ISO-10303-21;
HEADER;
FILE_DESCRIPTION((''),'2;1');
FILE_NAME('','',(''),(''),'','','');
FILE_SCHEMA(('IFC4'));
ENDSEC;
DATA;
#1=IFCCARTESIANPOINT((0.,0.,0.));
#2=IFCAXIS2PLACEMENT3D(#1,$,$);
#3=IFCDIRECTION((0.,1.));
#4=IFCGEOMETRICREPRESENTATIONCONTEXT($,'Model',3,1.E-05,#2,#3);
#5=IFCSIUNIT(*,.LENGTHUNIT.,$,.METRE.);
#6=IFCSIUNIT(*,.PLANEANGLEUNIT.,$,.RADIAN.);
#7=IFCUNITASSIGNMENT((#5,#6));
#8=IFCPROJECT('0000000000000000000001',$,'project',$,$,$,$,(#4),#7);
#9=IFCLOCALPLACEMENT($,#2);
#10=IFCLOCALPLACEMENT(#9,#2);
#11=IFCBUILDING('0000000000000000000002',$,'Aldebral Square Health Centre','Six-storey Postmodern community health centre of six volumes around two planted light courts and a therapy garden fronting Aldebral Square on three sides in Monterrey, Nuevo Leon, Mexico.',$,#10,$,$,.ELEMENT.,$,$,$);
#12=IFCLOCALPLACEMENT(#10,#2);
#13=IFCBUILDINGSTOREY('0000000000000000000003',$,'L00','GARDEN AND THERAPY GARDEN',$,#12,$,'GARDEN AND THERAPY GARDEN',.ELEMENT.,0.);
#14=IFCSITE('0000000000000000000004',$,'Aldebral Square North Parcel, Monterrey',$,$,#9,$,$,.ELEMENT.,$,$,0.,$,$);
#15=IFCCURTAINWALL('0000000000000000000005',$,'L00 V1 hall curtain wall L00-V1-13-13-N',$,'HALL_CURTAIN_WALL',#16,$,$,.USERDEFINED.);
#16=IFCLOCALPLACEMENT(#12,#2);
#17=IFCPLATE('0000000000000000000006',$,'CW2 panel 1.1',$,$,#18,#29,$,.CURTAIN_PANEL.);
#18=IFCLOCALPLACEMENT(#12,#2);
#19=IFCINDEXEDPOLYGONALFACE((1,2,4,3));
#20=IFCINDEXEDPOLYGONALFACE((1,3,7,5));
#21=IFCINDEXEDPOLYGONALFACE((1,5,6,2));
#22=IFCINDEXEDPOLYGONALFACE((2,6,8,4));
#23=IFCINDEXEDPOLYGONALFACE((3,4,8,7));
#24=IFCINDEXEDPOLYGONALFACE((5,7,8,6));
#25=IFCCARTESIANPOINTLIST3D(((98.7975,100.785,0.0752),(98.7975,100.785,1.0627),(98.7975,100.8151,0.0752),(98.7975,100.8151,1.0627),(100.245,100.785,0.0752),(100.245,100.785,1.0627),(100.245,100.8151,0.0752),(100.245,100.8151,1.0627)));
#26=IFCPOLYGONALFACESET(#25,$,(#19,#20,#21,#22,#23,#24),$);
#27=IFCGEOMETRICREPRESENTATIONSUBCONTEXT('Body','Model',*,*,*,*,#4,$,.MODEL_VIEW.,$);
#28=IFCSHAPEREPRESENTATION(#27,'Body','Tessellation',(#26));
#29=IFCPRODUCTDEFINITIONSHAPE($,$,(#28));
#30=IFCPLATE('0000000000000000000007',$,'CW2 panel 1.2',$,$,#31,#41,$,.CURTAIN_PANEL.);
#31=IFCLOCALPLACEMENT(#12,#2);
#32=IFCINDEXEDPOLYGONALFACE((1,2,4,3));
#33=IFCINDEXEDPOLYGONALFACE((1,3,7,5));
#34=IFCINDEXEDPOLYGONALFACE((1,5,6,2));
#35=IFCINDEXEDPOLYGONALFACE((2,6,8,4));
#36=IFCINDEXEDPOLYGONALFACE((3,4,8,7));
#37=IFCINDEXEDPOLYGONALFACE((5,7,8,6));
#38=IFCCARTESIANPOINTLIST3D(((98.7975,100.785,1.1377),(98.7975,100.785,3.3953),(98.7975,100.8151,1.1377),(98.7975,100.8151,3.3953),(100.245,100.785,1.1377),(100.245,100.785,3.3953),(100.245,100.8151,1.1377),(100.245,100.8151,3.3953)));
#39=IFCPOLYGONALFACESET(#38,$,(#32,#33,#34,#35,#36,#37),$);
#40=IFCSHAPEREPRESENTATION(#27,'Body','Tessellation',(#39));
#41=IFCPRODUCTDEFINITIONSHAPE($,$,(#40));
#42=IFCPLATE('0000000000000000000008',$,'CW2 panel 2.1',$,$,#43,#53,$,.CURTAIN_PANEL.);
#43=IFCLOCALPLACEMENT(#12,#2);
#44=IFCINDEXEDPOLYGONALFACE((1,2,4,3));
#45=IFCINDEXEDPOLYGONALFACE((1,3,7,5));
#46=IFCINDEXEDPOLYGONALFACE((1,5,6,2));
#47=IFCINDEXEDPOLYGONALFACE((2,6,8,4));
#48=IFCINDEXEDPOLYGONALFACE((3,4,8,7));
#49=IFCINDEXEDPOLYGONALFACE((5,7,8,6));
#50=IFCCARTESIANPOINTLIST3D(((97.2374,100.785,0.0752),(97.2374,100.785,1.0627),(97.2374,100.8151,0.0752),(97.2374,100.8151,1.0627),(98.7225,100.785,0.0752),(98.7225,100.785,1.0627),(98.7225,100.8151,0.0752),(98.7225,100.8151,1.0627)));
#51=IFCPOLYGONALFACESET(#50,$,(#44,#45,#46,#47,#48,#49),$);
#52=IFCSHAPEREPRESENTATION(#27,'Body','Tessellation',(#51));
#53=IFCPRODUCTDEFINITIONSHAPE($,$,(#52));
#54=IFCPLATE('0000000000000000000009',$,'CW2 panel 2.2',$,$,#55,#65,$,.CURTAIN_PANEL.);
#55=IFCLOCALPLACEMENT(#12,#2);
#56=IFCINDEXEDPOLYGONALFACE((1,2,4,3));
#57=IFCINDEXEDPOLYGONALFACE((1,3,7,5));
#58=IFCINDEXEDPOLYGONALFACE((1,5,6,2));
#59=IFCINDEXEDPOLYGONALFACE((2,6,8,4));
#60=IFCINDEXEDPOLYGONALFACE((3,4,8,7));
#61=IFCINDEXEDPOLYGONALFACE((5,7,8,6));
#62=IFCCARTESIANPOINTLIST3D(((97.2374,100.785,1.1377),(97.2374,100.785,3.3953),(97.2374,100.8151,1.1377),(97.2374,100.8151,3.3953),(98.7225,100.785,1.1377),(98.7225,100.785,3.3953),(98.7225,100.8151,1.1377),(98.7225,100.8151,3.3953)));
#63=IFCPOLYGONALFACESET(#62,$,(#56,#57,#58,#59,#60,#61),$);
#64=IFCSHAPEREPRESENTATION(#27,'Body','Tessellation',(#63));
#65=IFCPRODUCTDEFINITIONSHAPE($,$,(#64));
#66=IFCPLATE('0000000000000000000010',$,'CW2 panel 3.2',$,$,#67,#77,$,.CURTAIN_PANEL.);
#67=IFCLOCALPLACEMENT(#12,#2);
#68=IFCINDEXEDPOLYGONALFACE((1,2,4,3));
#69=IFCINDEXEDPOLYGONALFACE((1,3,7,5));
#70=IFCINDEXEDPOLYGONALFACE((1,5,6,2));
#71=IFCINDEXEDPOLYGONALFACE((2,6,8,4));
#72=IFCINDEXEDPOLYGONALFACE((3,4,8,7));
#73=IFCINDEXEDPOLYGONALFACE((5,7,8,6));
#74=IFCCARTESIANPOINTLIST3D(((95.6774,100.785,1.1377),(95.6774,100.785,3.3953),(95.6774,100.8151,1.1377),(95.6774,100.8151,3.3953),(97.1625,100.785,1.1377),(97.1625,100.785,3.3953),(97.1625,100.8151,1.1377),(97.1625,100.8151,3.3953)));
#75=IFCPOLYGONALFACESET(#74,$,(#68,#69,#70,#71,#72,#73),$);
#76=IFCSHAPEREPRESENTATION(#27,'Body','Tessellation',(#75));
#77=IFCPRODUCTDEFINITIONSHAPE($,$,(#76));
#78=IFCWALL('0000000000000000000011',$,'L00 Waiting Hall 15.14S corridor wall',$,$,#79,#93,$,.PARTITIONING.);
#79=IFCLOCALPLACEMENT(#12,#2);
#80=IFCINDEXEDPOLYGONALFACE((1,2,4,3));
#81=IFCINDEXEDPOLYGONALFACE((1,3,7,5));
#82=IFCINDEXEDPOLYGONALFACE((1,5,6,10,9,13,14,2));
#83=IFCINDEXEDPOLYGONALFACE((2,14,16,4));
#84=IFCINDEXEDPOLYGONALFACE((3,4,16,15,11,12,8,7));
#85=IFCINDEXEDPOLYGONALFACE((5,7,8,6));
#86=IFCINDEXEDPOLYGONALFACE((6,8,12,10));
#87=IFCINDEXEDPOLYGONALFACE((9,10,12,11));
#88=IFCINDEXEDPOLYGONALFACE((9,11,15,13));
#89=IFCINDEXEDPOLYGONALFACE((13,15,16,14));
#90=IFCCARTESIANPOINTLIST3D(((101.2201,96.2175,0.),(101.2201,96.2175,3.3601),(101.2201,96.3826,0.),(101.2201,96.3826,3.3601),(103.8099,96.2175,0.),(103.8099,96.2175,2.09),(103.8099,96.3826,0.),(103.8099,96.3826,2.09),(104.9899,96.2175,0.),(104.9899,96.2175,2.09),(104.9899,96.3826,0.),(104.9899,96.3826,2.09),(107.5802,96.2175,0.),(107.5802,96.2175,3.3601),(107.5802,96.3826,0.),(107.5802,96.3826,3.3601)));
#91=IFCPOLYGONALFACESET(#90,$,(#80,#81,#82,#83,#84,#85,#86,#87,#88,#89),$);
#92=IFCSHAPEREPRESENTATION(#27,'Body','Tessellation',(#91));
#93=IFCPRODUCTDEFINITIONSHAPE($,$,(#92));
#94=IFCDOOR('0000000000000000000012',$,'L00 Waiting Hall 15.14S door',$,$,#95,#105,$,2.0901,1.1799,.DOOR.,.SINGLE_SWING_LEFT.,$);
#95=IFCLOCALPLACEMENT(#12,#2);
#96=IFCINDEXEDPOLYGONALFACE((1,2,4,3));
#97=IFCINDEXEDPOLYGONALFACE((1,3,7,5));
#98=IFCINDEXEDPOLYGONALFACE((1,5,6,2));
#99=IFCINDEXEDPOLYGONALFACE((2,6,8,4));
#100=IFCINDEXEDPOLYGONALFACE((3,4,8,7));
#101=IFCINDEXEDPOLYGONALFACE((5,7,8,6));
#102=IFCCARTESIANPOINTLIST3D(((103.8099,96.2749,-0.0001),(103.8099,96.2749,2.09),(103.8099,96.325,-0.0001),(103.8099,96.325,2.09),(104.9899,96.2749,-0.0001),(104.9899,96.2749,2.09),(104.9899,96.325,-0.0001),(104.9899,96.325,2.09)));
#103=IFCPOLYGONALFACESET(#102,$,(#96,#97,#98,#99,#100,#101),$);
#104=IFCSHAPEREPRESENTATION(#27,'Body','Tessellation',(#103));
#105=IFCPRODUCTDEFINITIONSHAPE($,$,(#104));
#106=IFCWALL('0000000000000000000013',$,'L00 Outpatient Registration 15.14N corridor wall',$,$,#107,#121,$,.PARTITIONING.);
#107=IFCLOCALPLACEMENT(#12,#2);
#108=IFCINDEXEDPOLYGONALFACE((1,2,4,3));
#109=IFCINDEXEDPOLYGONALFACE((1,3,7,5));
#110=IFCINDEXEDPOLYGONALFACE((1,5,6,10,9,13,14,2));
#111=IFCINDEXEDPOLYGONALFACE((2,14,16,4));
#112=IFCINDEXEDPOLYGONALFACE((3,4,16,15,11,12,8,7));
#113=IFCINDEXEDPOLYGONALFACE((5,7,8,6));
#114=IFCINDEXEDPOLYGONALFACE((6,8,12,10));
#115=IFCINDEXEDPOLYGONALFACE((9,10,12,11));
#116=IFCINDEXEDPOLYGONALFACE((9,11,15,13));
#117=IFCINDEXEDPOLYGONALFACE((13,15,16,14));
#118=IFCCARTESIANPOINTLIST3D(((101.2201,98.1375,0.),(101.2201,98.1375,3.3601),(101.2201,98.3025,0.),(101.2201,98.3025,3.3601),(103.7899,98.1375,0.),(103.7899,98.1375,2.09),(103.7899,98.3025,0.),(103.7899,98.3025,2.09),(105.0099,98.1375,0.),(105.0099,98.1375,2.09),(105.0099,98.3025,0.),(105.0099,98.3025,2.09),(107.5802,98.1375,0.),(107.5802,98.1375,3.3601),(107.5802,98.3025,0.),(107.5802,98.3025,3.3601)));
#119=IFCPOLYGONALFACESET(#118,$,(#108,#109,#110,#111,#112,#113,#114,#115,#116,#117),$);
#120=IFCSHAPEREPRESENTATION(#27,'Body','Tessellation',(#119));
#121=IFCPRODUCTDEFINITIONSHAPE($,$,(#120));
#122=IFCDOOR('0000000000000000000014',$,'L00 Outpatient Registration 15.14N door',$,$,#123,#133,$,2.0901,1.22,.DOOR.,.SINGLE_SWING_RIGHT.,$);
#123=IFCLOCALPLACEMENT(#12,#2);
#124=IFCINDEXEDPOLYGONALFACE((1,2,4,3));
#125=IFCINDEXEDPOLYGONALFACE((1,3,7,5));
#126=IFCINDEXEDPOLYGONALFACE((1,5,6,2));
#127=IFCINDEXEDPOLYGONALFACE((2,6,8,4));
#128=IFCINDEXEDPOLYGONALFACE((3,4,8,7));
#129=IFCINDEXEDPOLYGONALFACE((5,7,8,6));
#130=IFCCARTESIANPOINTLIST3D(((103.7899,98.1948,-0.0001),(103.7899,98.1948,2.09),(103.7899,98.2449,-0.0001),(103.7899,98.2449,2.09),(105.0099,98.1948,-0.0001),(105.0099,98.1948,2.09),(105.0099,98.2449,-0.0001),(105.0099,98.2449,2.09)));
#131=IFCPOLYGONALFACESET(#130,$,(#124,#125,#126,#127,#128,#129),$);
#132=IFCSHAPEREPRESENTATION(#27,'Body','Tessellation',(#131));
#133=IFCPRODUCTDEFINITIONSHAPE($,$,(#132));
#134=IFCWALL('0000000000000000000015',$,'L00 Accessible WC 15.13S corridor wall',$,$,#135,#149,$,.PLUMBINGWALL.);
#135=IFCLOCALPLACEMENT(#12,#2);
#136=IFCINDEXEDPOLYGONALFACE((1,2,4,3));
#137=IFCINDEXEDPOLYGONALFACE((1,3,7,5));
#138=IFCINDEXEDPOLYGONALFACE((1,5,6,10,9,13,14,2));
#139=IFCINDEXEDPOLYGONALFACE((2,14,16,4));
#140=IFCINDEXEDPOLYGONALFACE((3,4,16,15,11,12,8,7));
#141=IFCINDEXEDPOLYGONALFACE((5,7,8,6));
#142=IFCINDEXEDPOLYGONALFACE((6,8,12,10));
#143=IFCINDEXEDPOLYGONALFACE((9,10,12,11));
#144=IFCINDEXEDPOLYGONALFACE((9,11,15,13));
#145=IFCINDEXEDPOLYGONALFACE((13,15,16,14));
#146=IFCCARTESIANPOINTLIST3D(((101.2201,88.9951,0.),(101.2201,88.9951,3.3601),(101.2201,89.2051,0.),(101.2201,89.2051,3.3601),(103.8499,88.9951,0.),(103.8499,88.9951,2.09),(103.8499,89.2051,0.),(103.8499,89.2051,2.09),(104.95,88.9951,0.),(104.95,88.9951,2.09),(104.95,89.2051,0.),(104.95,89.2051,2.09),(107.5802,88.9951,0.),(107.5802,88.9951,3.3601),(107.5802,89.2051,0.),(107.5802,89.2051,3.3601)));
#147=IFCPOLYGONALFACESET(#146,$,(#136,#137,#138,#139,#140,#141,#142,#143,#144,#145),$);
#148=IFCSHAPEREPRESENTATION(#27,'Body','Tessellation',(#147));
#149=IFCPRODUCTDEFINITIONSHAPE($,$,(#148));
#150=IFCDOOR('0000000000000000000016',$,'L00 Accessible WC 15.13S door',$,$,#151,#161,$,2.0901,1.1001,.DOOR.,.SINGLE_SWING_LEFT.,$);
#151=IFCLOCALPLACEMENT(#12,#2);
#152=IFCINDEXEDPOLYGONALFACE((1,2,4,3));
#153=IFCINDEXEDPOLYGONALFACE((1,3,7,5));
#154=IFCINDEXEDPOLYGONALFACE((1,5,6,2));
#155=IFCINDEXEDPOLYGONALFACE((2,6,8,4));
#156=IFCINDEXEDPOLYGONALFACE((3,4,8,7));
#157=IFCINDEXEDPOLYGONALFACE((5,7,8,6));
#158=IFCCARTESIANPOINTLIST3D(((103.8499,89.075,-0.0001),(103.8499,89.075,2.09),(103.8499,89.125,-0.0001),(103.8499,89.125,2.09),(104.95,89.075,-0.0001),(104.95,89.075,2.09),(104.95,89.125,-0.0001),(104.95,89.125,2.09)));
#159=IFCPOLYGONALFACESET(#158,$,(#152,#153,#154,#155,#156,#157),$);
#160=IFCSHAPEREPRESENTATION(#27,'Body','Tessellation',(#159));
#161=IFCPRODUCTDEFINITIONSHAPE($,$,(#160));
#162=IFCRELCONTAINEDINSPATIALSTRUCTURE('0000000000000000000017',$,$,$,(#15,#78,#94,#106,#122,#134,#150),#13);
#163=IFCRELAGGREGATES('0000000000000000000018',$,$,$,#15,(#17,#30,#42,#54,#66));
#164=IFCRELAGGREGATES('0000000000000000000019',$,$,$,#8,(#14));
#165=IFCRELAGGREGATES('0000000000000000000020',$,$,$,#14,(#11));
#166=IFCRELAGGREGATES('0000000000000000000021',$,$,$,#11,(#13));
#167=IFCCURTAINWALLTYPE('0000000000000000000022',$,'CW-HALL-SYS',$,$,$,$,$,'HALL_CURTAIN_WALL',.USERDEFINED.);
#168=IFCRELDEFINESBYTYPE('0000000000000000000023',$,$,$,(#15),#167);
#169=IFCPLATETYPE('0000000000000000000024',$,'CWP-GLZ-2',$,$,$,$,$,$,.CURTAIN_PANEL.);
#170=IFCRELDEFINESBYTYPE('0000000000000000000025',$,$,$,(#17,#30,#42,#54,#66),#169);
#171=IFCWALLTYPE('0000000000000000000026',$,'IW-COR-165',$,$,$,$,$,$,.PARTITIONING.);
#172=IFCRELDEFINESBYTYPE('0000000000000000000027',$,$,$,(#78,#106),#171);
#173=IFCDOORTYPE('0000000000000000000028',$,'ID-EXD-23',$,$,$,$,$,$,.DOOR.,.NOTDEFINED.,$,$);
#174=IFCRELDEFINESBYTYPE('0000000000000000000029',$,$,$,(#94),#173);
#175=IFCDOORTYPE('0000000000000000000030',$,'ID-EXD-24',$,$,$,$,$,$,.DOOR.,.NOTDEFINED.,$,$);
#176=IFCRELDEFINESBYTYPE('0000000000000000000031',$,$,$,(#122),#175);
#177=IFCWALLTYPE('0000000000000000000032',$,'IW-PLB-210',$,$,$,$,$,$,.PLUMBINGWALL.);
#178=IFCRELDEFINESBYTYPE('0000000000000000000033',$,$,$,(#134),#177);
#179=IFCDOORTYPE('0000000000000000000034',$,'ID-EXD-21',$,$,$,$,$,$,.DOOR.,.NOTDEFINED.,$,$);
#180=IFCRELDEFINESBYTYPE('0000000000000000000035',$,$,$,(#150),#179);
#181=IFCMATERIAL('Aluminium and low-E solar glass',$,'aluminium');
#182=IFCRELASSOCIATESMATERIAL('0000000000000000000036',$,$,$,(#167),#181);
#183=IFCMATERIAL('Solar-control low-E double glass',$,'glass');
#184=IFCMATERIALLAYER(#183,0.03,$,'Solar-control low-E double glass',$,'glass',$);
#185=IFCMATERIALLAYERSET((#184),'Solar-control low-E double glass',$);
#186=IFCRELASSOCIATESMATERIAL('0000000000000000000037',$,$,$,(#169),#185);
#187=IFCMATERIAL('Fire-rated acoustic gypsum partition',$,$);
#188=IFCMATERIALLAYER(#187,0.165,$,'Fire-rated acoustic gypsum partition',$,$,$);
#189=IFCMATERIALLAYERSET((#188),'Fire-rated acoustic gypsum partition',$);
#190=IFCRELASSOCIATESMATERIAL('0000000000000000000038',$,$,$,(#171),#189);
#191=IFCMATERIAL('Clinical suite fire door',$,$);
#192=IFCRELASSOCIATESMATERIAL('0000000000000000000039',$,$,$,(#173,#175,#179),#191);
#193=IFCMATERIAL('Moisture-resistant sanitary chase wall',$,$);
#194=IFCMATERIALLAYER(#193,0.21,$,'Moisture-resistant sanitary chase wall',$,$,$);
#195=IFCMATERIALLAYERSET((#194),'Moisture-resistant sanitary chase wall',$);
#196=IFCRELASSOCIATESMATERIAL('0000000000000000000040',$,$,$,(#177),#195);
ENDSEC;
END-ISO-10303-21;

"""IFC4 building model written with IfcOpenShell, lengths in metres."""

from ifc_helpers import new_model, si_unit, direction, frame, frame_2d, origin, origin_2d, place, context, subcontext, project, spatial, rectangle, extrude, material, layer, layer_set, type_object, element, fill, aggregate, save


model = new_model("IFC4")

# Units and contexts
model_context = context("Model", 3, precision=1e-05, world=origin(), true_north=direction((0.0, 1.0)))
body_context = subcontext(model_context, "Body", "Model", "MODEL_VIEW")
ifc_project = project(units=[si_unit("LENGTHUNIT", "METRE"), si_unit("PLANEANGLEUNIT", "RADIAN")], contexts=[model_context])

# Site, building, storey
site_placement = place(None, origin())
site = spatial("IfcSite", under=ifc_project, at=site_placement, Name="Aldebral Square North Parcel, Monterrey", CompositionType="ELEMENT", RefElevation=0.0)
building_placement = place(site_placement, origin())
building = spatial("IfcBuilding", under=site, at=building_placement, Name="Aldebral Square Health Centre", Description="Six-storey Postmodern community health centre of six volumes around two planted light courts and a therapy garden fronting Aldebral Square on three sides in Monterrey, Nuevo Leon, Mexico.", CompositionType="ELEMENT")
storey_placement = place(building_placement, origin())
storey = spatial("IfcBuildingStorey", under=building, at=storey_placement, Name="L00", Description="GARDEN AND THERAPY GARDEN", LongName="GARDEN AND THERAPY GARDEN", CompositionType="ELEMENT", Elevation=0.0)

# Curtain wall, plates
ifc_material_1 = material(Name="Aluminium and low-E solar glass", Category="aluminium")
curtain_wall_type = type_object("IfcCurtainWallType", Name="CW-HALL-SYS", ElementType="HALL_CURTAIN_WALL", PredefinedType="USERDEFINED", material=ifc_material_1)
curtain_wall_placement = place(storey_placement, origin())
curtain_wall = element("IfcCurtainWall", 1, at=curtain_wall_placement, inside=storey, type_object=curtain_wall_type, Name="L00 V1 hall curtain wall L00-V1-13-13-N", ObjectType="HALL_CURTAIN_WALL", PredefinedType="USERDEFINED")
ifc_material_2 = material(Name="Solar-control low-E double glass", Category="glass")
ifc_layer_1 = layer(ifc_material_2, 0.03, Name="Solar-control low-E double glass", Category="glass")
ifc_layer_set_1 = layer_set([ifc_layer_1], Name="Solar-control low-E double glass")
plate_type = type_object("IfcPlateType", Name="CWP-GLZ-2", PredefinedType="CURTAIN_PANEL", material=ifc_layer_set_1)
plate_1_placement = place(storey_placement, frame((99.5212, 100.8, 0.0752), z_axis=(0.0, 0.0, 1.0), x_axis=(-1.0, 0.0, 0.0)))
plate_1 = element("IfcPlate", 2, at=plate_1_placement, type_object=plate_type, Name="CW2 panel 1.1", PredefinedType="CURTAIN_PANEL", context=body_context, shape_type="SweptSolid", body=[
    extrude(rectangle(XDim=1.4475, YDim=0.03, at=origin_2d()), origin(), (0.0, 0.0, 1.0), 0.9875),
])
plate_2_placement = place(storey_placement, frame((99.5212, 100.8, 1.1377), z_axis=(0.0, 0.0, 1.0), x_axis=(-1.0, 0.0, 0.0)))
plate_2 = element("IfcPlate", 3, at=plate_2_placement, type_object=plate_type, Name="CW2 panel 1.2", PredefinedType="CURTAIN_PANEL", context=body_context, shape_type="SweptSolid", body=[
    extrude(rectangle(XDim=1.4475, YDim=0.03, at=origin_2d()), origin(), (0.0, 0.0, 1.0), 2.2576),
])
plate_3_placement = place(storey_placement, frame((97.98, 100.8, 0.0752), z_axis=(0.0, 0.0, 1.0), x_axis=(-1.0, 0.0, 0.0)))
plate_3 = element("IfcPlate", 4, at=plate_3_placement, type_object=plate_type, Name="CW2 panel 2.1", PredefinedType="CURTAIN_PANEL", context=body_context, shape_type="SweptSolid", body=[
    extrude(rectangle(XDim=1.4851, YDim=0.03, at=origin_2d()), origin(), (0.0, 0.0, 1.0), 0.9875),
])
plate_4_placement = place(storey_placement, frame((97.98, 100.8, 1.1377), z_axis=(0.0, 0.0, 1.0), x_axis=(-1.0, 0.0, 0.0)))
plate_4 = element("IfcPlate", 5, at=plate_4_placement, type_object=plate_type, Name="CW2 panel 2.2", PredefinedType="CURTAIN_PANEL", context=body_context, shape_type="SweptSolid", body=[
    extrude(rectangle(XDim=1.4851, YDim=0.03, at=origin_2d()), origin(), (0.0, 0.0, 1.0), 2.2576),
])
plate_5_placement = place(storey_placement, frame((96.4199, 100.8, 1.1377), z_axis=(0.0, 0.0, 1.0), x_axis=(-1.0, 0.0, 0.0)))
plate_5 = element("IfcPlate", 6, at=plate_5_placement, type_object=plate_type, Name="CW2 panel 3.2", PredefinedType="CURTAIN_PANEL", context=body_context, shape_type="SweptSolid", body=[
    extrude(rectangle(XDim=1.4851, YDim=0.03, at=origin_2d()), origin(), (0.0, 0.0, 1.0), 2.2576),
])
aggregate(curtain_wall, [plate_1, plate_2, plate_3, plate_4, plate_5])

# Walls, openings, doors
ifc_material_3 = material(Name="Fire-rated acoustic gypsum partition")
ifc_layer_2 = layer(ifc_material_3, 0.165, Name="Fire-rated acoustic gypsum partition")
ifc_layer_set_2 = layer_set([ifc_layer_2], Name="Fire-rated acoustic gypsum partition")
wall_type_1 = type_object("IfcWallType", Name="IW-COR-165", PredefinedType="PARTITIONING", material=ifc_layer_set_2)
wall_1_placement = place(storey_placement, frame((101.22, 96.3, 0.0), z_axis=(0.0, 0.0, 1.0), x_axis=(1.0, 0.0, 0.0)))
wall_1 = element("IfcWall", 7, at=wall_1_placement, inside=storey, type_object=wall_type_1, Name="L00 Waiting Hall 15.14S corridor wall", PredefinedType="PARTITIONING", context=body_context, shape_type="SweptSolid", body=[
    extrude(rectangle(XDim=6.3601, YDim=0.165, at=frame_2d((3.1802, 0.0))), origin(), (0.0, 0.0, 1.0), 3.3601),
])
opening_1_placement = place(wall_1_placement, frame((2.5901, 0.0, 0.0)))
opening_1 = element("IfcOpeningElement", 8, at=opening_1_placement, cuts=wall_1, PredefinedType="OPENING", context=body_context, shape_type="SweptSolid", body=[
    extrude(rectangle(XDim=1.1799, YDim=2.0901, at=frame_2d((0.5898, 1.0449))), frame((0.0, 0.0925, 0.0), z_axis=(0.0, -1.0, 0.0), x_axis=(1.0, 0.0, 0.0)), (0.0, 0.0, 1.0), 0.1851),
])
ifc_material_4 = material(Name="Clinical suite fire door")
door_type_1 = type_object("IfcDoorType", Name="ID-EXD-23", OperationType="NOTDEFINED", PredefinedType="DOOR", material=ifc_material_4)
door_1_placement = place(opening_1_placement, origin())
door_1 = element("IfcDoor", 9, at=door_1_placement, inside=storey, type_object=door_type_1, Name="L00 Waiting Hall 15.14S door", OperationType="SINGLE_SWING_LEFT", OverallHeight=2.0901, OverallWidth=1.1799, PredefinedType="DOOR", context=body_context, shape_type="SweptSolid", body=[
    extrude(rectangle(XDim=1.1799, YDim=2.0901, at=frame_2d((0.5898, 1.0449))), frame((0.0, 0.0249, 0.0), z_axis=(0.0, -1.0, 0.0), x_axis=(1.0, 0.0, 0.0)), (0.0, 0.0, 1.0), 0.05),
])
fill(opening_1, door_1)
wall_2_placement = place(storey_placement, frame((101.22, 98.22, 0.0), z_axis=(0.0, 0.0, 1.0), x_axis=(1.0, 0.0, 0.0)))
wall_2 = element("IfcWall", 10, at=wall_2_placement, inside=storey, type_object=wall_type_1, Name="L00 Outpatient Registration 15.14N corridor wall", PredefinedType="PARTITIONING", context=body_context, shape_type="SweptSolid", body=[
    extrude(rectangle(XDim=6.3601, YDim=0.165, at=frame_2d((3.1802, 0.0))), origin(), (0.0, 0.0, 1.0), 3.3601),
])
opening_2_placement = place(wall_2_placement, frame((2.5701, 0.0, 0.0)))
opening_2 = element("IfcOpeningElement", 11, at=opening_2_placement, cuts=wall_2, PredefinedType="OPENING", context=body_context, shape_type="SweptSolid", body=[
    extrude(rectangle(XDim=1.22, YDim=2.0901, at=frame_2d((0.6099, 1.0449))), frame((0.0, 0.0925, 0.0), z_axis=(0.0, -1.0, 0.0), x_axis=(1.0, 0.0, 0.0)), (0.0, 0.0, 1.0), 0.1851),
])
door_type_2 = type_object("IfcDoorType", Name="ID-EXD-24", OperationType="NOTDEFINED", PredefinedType="DOOR", material=ifc_material_4)
door_2_placement = place(opening_2_placement, origin())
door_2 = element("IfcDoor", 12, at=door_2_placement, inside=storey, type_object=door_type_2, Name="L00 Outpatient Registration 15.14N door", OperationType="SINGLE_SWING_RIGHT", OverallHeight=2.0901, OverallWidth=1.22, PredefinedType="DOOR", context=body_context, shape_type="SweptSolid", body=[
    extrude(rectangle(XDim=1.22, YDim=2.0901, at=frame_2d((0.6099, 1.0449))), frame((0.0, 0.0249, 0.0), z_axis=(0.0, -1.0, 0.0), x_axis=(1.0, 0.0, 0.0)), (0.0, 0.0, 1.0), 0.05),
])
fill(opening_2, door_2)
ifc_material_5 = material(Name="Moisture-resistant sanitary chase wall")
ifc_layer_3 = layer(ifc_material_5, 0.21, Name="Moisture-resistant sanitary chase wall")
ifc_layer_set_3 = layer_set([ifc_layer_3], Name="Moisture-resistant sanitary chase wall")
wall_type_2 = type_object("IfcWallType", Name="IW-PLB-210", PredefinedType="PLUMBINGWALL", material=ifc_layer_set_3)
wall_3_placement = place(storey_placement, frame((101.22, 89.1001, 0.0), z_axis=(0.0, 0.0, 1.0), x_axis=(1.0, 0.0, 0.0)))
wall_3 = element("IfcWall", 13, at=wall_3_placement, inside=storey, type_object=wall_type_2, Name="L00 Accessible WC 15.13S corridor wall", PredefinedType="PLUMBINGWALL", context=body_context, shape_type="SweptSolid", body=[
    extrude(rectangle(XDim=6.3601, YDim=0.21, at=frame_2d((3.1802, 0.0))), origin(), (0.0, 0.0, 1.0), 3.3601),
])
opening_3_placement = place(wall_3_placement, frame((2.6299, 0.0, 0.0)))
opening_3 = element("IfcOpeningElement", 14, at=opening_3_placement, cuts=wall_3, PredefinedType="OPENING", context=body_context, shape_type="SweptSolid", body=[
    extrude(rectangle(XDim=1.1001, YDim=2.0901, at=frame_2d((0.55, 1.0449))), frame((0.0, 0.115, 0.0), z_axis=(0.0, -1.0, 0.0), x_axis=(1.0, 0.0, 0.0)), (0.0, 0.0, 1.0), 0.23),
])
door_type_3 = type_object("IfcDoorType", Name="ID-EXD-21", OperationType="NOTDEFINED", PredefinedType="DOOR", material=ifc_material_4)
door_3_placement = place(opening_3_placement, origin())
door_3 = element("IfcDoor", 15, at=door_3_placement, inside=storey, type_object=door_type_3, Name="L00 Accessible WC 15.13S door", OperationType="SINGLE_SWING_LEFT", OverallHeight=2.0901, OverallWidth=1.1001, PredefinedType="DOOR", context=body_context, shape_type="SweptSolid", body=[
    extrude(rectangle(XDim=1.1001, YDim=2.0901, at=frame_2d((0.55, 1.0449))), frame((0.0, 0.0249, 0.0), z_axis=(0.0, -1.0, 0.0), x_axis=(1.0, 0.0, 0.0)), (0.0, 0.0, 1.0), 0.05),
])
fill(opening_3, door_3)

save(model, "model.ifc")
